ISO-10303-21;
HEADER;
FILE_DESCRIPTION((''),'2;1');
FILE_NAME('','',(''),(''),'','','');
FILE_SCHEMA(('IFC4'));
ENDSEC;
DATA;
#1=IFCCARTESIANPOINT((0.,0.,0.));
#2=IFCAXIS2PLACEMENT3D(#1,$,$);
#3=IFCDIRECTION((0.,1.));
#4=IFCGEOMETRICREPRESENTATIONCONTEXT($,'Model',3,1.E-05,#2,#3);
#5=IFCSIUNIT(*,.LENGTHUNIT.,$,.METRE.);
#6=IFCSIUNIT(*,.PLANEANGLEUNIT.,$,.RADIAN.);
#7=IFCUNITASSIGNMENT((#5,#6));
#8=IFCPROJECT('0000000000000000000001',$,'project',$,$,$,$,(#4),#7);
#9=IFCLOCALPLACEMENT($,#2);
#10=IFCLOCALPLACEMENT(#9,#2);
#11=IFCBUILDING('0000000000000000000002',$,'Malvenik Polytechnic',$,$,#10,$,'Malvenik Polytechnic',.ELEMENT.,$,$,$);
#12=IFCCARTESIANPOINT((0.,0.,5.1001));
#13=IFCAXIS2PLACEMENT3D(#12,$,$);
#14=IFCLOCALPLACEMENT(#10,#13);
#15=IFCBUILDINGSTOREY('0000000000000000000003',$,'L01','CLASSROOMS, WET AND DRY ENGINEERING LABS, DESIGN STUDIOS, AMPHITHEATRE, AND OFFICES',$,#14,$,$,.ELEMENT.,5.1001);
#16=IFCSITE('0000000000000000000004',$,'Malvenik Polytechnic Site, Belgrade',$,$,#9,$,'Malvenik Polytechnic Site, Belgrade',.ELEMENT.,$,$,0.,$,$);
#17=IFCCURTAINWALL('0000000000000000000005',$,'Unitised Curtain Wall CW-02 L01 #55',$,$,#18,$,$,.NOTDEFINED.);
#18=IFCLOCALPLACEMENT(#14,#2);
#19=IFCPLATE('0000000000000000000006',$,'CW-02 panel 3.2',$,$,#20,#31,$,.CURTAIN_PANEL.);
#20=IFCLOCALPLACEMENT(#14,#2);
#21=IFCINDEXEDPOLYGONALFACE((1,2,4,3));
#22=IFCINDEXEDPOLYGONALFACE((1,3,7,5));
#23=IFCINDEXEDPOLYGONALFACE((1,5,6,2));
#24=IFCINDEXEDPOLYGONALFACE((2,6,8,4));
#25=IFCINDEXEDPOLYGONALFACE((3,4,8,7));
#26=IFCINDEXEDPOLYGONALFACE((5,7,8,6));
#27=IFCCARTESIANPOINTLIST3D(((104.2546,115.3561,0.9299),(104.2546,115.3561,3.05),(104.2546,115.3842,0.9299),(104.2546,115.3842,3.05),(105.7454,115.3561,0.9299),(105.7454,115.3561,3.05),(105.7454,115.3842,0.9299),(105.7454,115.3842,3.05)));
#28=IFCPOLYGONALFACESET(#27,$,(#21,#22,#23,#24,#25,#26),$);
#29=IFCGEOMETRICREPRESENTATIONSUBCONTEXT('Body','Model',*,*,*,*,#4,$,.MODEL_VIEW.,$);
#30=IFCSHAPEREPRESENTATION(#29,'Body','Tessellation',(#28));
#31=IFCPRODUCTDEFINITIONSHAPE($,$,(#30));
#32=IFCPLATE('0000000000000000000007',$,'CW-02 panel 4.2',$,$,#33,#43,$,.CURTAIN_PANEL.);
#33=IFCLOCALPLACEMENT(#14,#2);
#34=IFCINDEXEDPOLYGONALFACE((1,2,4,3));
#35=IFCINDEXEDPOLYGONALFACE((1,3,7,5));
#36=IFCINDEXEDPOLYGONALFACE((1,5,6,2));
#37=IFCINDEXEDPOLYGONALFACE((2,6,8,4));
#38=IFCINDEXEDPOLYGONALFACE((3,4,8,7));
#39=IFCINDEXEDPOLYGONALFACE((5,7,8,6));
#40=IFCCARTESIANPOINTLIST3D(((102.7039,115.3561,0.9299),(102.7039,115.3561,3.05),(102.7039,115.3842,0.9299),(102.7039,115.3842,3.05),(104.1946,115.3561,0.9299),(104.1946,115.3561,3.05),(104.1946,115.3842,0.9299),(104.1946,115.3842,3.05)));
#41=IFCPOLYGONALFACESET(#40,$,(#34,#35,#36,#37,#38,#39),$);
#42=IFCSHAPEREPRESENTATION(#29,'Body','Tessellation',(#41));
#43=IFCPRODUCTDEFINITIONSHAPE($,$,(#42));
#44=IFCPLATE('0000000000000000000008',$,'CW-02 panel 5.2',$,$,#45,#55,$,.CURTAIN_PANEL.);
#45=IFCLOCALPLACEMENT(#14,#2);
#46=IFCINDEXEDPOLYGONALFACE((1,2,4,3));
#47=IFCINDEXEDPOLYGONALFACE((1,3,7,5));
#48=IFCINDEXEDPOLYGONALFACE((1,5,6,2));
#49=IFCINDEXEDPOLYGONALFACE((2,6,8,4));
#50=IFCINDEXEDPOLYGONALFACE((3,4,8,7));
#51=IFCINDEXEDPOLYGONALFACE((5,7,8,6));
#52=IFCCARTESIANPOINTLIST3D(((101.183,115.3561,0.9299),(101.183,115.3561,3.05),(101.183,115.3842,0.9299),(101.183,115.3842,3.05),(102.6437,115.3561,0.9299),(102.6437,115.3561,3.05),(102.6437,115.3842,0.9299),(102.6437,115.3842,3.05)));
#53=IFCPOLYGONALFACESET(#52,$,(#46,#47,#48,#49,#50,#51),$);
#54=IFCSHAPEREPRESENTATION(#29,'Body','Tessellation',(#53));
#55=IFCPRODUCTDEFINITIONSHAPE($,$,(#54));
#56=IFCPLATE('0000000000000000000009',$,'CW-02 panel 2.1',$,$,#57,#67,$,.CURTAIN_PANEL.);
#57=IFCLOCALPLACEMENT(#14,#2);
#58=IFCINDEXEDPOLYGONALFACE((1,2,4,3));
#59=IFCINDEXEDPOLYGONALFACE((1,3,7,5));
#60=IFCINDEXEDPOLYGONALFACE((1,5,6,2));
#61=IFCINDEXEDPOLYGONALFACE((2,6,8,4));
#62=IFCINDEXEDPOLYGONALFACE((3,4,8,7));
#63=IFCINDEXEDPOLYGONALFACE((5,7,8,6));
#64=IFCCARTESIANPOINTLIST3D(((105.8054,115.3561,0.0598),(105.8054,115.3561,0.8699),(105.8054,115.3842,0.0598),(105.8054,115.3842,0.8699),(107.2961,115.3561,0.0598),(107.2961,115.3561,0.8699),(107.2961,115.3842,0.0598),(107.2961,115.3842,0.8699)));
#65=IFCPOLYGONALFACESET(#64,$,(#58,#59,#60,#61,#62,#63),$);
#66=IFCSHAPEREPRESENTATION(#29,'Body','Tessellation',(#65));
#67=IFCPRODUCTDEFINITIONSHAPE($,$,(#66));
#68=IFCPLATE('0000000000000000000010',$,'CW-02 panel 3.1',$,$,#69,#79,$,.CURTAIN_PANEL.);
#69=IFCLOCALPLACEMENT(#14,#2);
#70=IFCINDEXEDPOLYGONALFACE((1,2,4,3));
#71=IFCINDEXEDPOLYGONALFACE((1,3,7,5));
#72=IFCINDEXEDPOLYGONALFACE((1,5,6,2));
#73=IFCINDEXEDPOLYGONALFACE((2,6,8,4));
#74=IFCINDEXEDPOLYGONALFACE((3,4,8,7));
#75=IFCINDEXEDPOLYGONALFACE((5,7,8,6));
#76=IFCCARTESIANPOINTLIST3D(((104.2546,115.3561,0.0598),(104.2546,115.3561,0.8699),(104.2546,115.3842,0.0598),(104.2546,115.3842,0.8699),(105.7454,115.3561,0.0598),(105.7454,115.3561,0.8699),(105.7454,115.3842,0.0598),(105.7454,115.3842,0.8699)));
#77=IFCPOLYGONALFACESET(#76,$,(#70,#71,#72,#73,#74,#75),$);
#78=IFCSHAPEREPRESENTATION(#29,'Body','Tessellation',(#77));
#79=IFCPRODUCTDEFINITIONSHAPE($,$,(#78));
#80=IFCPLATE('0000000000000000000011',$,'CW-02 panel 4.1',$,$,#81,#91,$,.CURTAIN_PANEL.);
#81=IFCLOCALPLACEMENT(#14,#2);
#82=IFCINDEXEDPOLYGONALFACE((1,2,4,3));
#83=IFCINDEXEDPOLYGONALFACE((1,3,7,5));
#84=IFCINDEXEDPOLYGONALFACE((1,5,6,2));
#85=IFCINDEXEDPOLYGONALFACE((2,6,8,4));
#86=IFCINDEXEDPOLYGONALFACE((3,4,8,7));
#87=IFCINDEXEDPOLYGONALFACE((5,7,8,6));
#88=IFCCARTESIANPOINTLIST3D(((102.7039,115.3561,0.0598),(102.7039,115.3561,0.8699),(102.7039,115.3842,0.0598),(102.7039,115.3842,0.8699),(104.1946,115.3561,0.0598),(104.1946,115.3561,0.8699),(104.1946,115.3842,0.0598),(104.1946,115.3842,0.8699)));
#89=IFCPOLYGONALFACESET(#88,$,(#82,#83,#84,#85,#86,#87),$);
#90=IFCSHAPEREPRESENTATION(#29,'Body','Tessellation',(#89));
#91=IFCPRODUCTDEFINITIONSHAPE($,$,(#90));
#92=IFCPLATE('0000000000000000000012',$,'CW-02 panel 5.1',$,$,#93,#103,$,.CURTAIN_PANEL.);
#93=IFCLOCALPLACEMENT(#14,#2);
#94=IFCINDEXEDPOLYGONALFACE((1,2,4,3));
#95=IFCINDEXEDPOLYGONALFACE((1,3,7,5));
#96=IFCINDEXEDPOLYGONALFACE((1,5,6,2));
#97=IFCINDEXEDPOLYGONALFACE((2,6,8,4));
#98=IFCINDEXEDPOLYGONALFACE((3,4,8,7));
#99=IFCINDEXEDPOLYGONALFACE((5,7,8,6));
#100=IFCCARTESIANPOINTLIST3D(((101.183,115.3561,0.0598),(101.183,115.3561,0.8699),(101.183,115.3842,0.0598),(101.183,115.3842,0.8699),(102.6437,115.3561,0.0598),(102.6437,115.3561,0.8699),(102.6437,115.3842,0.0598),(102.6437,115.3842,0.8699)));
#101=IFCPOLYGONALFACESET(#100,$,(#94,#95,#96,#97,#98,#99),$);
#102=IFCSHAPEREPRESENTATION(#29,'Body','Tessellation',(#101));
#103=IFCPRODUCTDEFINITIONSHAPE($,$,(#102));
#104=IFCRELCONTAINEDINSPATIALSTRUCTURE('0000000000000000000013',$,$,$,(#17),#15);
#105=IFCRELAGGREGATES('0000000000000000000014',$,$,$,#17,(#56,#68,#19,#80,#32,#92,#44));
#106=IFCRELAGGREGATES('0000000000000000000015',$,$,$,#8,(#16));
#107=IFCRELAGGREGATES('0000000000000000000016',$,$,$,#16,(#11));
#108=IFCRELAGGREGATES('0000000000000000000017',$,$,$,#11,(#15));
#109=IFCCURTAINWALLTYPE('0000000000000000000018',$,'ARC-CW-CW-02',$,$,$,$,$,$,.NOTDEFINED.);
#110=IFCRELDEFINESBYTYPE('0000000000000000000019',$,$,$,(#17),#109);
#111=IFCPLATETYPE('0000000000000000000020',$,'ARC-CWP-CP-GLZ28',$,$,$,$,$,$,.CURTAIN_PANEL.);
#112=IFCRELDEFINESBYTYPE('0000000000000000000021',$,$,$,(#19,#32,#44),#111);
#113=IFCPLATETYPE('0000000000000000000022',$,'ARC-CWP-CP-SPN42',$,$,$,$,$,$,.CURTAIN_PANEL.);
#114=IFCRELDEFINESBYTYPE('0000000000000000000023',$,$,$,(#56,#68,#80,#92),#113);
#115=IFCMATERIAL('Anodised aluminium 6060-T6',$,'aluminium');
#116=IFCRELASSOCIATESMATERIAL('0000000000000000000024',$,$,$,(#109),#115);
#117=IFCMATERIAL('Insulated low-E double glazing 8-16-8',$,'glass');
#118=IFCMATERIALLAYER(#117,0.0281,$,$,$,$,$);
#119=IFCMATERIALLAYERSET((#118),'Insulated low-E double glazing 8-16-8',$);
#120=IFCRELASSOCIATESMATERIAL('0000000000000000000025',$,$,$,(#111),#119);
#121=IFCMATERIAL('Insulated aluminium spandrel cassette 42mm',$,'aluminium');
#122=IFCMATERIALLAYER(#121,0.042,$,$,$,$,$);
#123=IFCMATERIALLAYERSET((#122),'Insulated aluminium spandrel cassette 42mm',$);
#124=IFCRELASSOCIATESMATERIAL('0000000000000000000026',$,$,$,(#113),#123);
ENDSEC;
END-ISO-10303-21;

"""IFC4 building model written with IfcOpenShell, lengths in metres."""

from ifc_helpers import new_model, si_unit, direction, frame, origin, origin_2d, place, context, subcontext, project, spatial, rectangle, extrude, material, layer, layer_set, type_object, element, aggregate, save


model = new_model("IFC4")

# Units and contexts
model_context = context("Model", 3, precision=1e-05, world=origin(), true_north=direction((0.0, 1.0)))
body_context = subcontext(model_context, "Body", "Model", "MODEL_VIEW")
ifc_project = project(units=[si_unit("LENGTHUNIT", "METRE"), si_unit("PLANEANGLEUNIT", "RADIAN")], contexts=[model_context])

# Site, building, storey
site_placement = place(None, origin())
site = spatial("IfcSite", under=ifc_project, at=site_placement, Name="Malvenik Polytechnic Site, Belgrade", LongName="Malvenik Polytechnic Site, Belgrade", CompositionType="ELEMENT", RefElevation=0.0)
building_placement = place(site_placement, origin())
building = spatial("IfcBuilding", under=site, at=building_placement, Name="Malvenik Polytechnic", LongName="Malvenik Polytechnic", CompositionType="ELEMENT")
storey_placement = place(building_placement, frame((0.0, 0.0, 5.1001)))
storey = spatial("IfcBuildingStorey", under=building, at=storey_placement, Name="L01", Description="CLASSROOMS, WET AND DRY ENGINEERING LABS, DESIGN STUDIOS, AMPHITHEATRE, AND OFFICES", CompositionType="ELEMENT", Elevation=5.1001)

# Curtain wall, plates
ifc_material_1 = material(Name="Anodised aluminium 6060-T6", Category="aluminium")
curtain_wall_type = type_object("IfcCurtainWallType", Name="ARC-CW-CW-02", PredefinedType="NOTDEFINED", material=ifc_material_1)
curtain_wall_placement = place(storey_placement, origin())
curtain_wall = element("IfcCurtainWall", 1, at=curtain_wall_placement, inside=storey, type_object=curtain_wall_type, Name="Unitised Curtain Wall CW-02 L01 #55", PredefinedType="NOTDEFINED")
ifc_material_2 = material(Name="Insulated low-E double glazing 8-16-8", Category="glass")
ifc_layer_1 = layer(ifc_material_2, 0.0281)
ifc_layer_set_1 = layer_set([ifc_layer_1], Name="Insulated low-E double glazing 8-16-8")
plate_type_1 = type_object("IfcPlateType", Name="ARC-CWP-CP-GLZ28", PredefinedType="CURTAIN_PANEL", material=ifc_layer_set_1)
plate_1_placement = place(storey_placement, frame((105.0, 115.3701, 0.9299), z_axis=(0.0, 0.0, 1.0), x_axis=(-1.0, 0.0, 0.0)))
plate_1 = element("IfcPlate", 2, at=plate_1_placement, type_object=plate_type_1, Name="CW-02 panel 3.2", PredefinedType="CURTAIN_PANEL", context=body_context, shape_type="SweptSolid", body=[
    extrude(rectangle(XDim=1.4907, YDim=0.0281, at=origin_2d()), origin(), (0.0, 0.0, 1.0), 2.1201),
])
plate_2_placement = place(storey_placement, frame((103.4492, 115.3701, 0.9299), z_axis=(0.0, 0.0, 1.0), x_axis=(-1.0, 0.0, 0.0)))
plate_2 = element("IfcPlate", 3, at=plate_2_placement, type_object=plate_type_1, Name="CW-02 panel 4.2", PredefinedType="CURTAIN_PANEL", context=body_context, shape_type="SweptSolid", body=[
    extrude(rectangle(XDim=1.4907, YDim=0.0281, at=origin_2d()), origin(), (0.0, 0.0, 1.0), 2.1201),
])
plate_3_placement = place(storey_placement, frame((101.9133, 115.3701, 0.9299), z_axis=(0.0, 0.0, 1.0), x_axis=(-1.0, 0.0, 0.0)))
plate_3 = element("IfcPlate", 4, at=plate_3_placement, type_object=plate_type_1, Name="CW-02 panel 5.2", PredefinedType="CURTAIN_PANEL", context=body_context, shape_type="SweptSolid", body=[
    extrude(rectangle(XDim=1.4607, YDim=0.0281, at=origin_2d()), origin(), (0.0, 0.0, 1.0), 2.1201),
])
ifc_material_3 = material(Name="Insulated aluminium spandrel cassette 42mm", Category="aluminium")
ifc_layer_2 = layer(ifc_material_3, 0.042)
ifc_layer_set_2 = layer_set([ifc_layer_2], Name="Insulated aluminium spandrel cassette 42mm")
plate_type_2 = type_object("IfcPlateType", Name="ARC-CWP-CP-SPN42", PredefinedType="CURTAIN_PANEL", material=ifc_layer_set_2)
plate_4_placement = place(storey_placement, frame((106.5508, 115.3701, 0.0598), z_axis=(0.0, 0.0, 1.0), x_axis=(-1.0, 0.0, 0.0)))
plate_4 = element("IfcPlate", 5, at=plate_4_placement, type_object=plate_type_2, Name="CW-02 panel 2.1", PredefinedType="CURTAIN_PANEL", context=body_context, shape_type="SweptSolid", body=[
    extrude(rectangle(XDim=1.4907, YDim=0.0281, at=origin_2d()), origin(), (0.0, 0.0, 1.0), 0.8101),
])
plate_5_placement = place(storey_placement, frame((105.0, 115.3701, 0.0598), z_axis=(0.0, 0.0, 1.0), x_axis=(-1.0, 0.0, 0.0)))
plate_5 = element("IfcPlate", 6, at=plate_5_placement, type_object=plate_type_2, Name="CW-02 panel 3.1", PredefinedType="CURTAIN_PANEL", context=body_context, shape_type="SweptSolid", body=[
    extrude(rectangle(XDim=1.4907, YDim=0.0281, at=origin_2d()), origin(), (0.0, 0.0, 1.0), 0.8101),
])
plate_6_placement = place(storey_placement, frame((103.4492, 115.3701, 0.0598), z_axis=(0.0, 0.0, 1.0), x_axis=(-1.0, 0.0, 0.0)))
plate_6 = element("IfcPlate", 7, at=plate_6_placement, type_object=plate_type_2, Name="CW-02 panel 4.1", PredefinedType="CURTAIN_PANEL", context=body_context, shape_type="SweptSolid", body=[
    extrude(rectangle(XDim=1.4907, YDim=0.0281, at=origin_2d()), origin(), (0.0, 0.0, 1.0), 0.8101),
])
plate_7_placement = place(storey_placement, frame((101.9133, 115.3701, 0.0598), z_axis=(0.0, 0.0, 1.0), x_axis=(-1.0, 0.0, 0.0)))
plate_7 = element("IfcPlate", 8, at=plate_7_placement, type_object=plate_type_2, Name="CW-02 panel 5.1", PredefinedType="CURTAIN_PANEL", context=body_context, shape_type="SweptSolid", body=[
    extrude(rectangle(XDim=1.4607, YDim=0.0281, at=origin_2d()), origin(), (0.0, 0.0, 1.0), 0.8101),
])
aggregate(curtain_wall, [plate_4, plate_5, plate_1, plate_6, plate_2, plate_7, plate_3])

save(model, "model.ifc")
